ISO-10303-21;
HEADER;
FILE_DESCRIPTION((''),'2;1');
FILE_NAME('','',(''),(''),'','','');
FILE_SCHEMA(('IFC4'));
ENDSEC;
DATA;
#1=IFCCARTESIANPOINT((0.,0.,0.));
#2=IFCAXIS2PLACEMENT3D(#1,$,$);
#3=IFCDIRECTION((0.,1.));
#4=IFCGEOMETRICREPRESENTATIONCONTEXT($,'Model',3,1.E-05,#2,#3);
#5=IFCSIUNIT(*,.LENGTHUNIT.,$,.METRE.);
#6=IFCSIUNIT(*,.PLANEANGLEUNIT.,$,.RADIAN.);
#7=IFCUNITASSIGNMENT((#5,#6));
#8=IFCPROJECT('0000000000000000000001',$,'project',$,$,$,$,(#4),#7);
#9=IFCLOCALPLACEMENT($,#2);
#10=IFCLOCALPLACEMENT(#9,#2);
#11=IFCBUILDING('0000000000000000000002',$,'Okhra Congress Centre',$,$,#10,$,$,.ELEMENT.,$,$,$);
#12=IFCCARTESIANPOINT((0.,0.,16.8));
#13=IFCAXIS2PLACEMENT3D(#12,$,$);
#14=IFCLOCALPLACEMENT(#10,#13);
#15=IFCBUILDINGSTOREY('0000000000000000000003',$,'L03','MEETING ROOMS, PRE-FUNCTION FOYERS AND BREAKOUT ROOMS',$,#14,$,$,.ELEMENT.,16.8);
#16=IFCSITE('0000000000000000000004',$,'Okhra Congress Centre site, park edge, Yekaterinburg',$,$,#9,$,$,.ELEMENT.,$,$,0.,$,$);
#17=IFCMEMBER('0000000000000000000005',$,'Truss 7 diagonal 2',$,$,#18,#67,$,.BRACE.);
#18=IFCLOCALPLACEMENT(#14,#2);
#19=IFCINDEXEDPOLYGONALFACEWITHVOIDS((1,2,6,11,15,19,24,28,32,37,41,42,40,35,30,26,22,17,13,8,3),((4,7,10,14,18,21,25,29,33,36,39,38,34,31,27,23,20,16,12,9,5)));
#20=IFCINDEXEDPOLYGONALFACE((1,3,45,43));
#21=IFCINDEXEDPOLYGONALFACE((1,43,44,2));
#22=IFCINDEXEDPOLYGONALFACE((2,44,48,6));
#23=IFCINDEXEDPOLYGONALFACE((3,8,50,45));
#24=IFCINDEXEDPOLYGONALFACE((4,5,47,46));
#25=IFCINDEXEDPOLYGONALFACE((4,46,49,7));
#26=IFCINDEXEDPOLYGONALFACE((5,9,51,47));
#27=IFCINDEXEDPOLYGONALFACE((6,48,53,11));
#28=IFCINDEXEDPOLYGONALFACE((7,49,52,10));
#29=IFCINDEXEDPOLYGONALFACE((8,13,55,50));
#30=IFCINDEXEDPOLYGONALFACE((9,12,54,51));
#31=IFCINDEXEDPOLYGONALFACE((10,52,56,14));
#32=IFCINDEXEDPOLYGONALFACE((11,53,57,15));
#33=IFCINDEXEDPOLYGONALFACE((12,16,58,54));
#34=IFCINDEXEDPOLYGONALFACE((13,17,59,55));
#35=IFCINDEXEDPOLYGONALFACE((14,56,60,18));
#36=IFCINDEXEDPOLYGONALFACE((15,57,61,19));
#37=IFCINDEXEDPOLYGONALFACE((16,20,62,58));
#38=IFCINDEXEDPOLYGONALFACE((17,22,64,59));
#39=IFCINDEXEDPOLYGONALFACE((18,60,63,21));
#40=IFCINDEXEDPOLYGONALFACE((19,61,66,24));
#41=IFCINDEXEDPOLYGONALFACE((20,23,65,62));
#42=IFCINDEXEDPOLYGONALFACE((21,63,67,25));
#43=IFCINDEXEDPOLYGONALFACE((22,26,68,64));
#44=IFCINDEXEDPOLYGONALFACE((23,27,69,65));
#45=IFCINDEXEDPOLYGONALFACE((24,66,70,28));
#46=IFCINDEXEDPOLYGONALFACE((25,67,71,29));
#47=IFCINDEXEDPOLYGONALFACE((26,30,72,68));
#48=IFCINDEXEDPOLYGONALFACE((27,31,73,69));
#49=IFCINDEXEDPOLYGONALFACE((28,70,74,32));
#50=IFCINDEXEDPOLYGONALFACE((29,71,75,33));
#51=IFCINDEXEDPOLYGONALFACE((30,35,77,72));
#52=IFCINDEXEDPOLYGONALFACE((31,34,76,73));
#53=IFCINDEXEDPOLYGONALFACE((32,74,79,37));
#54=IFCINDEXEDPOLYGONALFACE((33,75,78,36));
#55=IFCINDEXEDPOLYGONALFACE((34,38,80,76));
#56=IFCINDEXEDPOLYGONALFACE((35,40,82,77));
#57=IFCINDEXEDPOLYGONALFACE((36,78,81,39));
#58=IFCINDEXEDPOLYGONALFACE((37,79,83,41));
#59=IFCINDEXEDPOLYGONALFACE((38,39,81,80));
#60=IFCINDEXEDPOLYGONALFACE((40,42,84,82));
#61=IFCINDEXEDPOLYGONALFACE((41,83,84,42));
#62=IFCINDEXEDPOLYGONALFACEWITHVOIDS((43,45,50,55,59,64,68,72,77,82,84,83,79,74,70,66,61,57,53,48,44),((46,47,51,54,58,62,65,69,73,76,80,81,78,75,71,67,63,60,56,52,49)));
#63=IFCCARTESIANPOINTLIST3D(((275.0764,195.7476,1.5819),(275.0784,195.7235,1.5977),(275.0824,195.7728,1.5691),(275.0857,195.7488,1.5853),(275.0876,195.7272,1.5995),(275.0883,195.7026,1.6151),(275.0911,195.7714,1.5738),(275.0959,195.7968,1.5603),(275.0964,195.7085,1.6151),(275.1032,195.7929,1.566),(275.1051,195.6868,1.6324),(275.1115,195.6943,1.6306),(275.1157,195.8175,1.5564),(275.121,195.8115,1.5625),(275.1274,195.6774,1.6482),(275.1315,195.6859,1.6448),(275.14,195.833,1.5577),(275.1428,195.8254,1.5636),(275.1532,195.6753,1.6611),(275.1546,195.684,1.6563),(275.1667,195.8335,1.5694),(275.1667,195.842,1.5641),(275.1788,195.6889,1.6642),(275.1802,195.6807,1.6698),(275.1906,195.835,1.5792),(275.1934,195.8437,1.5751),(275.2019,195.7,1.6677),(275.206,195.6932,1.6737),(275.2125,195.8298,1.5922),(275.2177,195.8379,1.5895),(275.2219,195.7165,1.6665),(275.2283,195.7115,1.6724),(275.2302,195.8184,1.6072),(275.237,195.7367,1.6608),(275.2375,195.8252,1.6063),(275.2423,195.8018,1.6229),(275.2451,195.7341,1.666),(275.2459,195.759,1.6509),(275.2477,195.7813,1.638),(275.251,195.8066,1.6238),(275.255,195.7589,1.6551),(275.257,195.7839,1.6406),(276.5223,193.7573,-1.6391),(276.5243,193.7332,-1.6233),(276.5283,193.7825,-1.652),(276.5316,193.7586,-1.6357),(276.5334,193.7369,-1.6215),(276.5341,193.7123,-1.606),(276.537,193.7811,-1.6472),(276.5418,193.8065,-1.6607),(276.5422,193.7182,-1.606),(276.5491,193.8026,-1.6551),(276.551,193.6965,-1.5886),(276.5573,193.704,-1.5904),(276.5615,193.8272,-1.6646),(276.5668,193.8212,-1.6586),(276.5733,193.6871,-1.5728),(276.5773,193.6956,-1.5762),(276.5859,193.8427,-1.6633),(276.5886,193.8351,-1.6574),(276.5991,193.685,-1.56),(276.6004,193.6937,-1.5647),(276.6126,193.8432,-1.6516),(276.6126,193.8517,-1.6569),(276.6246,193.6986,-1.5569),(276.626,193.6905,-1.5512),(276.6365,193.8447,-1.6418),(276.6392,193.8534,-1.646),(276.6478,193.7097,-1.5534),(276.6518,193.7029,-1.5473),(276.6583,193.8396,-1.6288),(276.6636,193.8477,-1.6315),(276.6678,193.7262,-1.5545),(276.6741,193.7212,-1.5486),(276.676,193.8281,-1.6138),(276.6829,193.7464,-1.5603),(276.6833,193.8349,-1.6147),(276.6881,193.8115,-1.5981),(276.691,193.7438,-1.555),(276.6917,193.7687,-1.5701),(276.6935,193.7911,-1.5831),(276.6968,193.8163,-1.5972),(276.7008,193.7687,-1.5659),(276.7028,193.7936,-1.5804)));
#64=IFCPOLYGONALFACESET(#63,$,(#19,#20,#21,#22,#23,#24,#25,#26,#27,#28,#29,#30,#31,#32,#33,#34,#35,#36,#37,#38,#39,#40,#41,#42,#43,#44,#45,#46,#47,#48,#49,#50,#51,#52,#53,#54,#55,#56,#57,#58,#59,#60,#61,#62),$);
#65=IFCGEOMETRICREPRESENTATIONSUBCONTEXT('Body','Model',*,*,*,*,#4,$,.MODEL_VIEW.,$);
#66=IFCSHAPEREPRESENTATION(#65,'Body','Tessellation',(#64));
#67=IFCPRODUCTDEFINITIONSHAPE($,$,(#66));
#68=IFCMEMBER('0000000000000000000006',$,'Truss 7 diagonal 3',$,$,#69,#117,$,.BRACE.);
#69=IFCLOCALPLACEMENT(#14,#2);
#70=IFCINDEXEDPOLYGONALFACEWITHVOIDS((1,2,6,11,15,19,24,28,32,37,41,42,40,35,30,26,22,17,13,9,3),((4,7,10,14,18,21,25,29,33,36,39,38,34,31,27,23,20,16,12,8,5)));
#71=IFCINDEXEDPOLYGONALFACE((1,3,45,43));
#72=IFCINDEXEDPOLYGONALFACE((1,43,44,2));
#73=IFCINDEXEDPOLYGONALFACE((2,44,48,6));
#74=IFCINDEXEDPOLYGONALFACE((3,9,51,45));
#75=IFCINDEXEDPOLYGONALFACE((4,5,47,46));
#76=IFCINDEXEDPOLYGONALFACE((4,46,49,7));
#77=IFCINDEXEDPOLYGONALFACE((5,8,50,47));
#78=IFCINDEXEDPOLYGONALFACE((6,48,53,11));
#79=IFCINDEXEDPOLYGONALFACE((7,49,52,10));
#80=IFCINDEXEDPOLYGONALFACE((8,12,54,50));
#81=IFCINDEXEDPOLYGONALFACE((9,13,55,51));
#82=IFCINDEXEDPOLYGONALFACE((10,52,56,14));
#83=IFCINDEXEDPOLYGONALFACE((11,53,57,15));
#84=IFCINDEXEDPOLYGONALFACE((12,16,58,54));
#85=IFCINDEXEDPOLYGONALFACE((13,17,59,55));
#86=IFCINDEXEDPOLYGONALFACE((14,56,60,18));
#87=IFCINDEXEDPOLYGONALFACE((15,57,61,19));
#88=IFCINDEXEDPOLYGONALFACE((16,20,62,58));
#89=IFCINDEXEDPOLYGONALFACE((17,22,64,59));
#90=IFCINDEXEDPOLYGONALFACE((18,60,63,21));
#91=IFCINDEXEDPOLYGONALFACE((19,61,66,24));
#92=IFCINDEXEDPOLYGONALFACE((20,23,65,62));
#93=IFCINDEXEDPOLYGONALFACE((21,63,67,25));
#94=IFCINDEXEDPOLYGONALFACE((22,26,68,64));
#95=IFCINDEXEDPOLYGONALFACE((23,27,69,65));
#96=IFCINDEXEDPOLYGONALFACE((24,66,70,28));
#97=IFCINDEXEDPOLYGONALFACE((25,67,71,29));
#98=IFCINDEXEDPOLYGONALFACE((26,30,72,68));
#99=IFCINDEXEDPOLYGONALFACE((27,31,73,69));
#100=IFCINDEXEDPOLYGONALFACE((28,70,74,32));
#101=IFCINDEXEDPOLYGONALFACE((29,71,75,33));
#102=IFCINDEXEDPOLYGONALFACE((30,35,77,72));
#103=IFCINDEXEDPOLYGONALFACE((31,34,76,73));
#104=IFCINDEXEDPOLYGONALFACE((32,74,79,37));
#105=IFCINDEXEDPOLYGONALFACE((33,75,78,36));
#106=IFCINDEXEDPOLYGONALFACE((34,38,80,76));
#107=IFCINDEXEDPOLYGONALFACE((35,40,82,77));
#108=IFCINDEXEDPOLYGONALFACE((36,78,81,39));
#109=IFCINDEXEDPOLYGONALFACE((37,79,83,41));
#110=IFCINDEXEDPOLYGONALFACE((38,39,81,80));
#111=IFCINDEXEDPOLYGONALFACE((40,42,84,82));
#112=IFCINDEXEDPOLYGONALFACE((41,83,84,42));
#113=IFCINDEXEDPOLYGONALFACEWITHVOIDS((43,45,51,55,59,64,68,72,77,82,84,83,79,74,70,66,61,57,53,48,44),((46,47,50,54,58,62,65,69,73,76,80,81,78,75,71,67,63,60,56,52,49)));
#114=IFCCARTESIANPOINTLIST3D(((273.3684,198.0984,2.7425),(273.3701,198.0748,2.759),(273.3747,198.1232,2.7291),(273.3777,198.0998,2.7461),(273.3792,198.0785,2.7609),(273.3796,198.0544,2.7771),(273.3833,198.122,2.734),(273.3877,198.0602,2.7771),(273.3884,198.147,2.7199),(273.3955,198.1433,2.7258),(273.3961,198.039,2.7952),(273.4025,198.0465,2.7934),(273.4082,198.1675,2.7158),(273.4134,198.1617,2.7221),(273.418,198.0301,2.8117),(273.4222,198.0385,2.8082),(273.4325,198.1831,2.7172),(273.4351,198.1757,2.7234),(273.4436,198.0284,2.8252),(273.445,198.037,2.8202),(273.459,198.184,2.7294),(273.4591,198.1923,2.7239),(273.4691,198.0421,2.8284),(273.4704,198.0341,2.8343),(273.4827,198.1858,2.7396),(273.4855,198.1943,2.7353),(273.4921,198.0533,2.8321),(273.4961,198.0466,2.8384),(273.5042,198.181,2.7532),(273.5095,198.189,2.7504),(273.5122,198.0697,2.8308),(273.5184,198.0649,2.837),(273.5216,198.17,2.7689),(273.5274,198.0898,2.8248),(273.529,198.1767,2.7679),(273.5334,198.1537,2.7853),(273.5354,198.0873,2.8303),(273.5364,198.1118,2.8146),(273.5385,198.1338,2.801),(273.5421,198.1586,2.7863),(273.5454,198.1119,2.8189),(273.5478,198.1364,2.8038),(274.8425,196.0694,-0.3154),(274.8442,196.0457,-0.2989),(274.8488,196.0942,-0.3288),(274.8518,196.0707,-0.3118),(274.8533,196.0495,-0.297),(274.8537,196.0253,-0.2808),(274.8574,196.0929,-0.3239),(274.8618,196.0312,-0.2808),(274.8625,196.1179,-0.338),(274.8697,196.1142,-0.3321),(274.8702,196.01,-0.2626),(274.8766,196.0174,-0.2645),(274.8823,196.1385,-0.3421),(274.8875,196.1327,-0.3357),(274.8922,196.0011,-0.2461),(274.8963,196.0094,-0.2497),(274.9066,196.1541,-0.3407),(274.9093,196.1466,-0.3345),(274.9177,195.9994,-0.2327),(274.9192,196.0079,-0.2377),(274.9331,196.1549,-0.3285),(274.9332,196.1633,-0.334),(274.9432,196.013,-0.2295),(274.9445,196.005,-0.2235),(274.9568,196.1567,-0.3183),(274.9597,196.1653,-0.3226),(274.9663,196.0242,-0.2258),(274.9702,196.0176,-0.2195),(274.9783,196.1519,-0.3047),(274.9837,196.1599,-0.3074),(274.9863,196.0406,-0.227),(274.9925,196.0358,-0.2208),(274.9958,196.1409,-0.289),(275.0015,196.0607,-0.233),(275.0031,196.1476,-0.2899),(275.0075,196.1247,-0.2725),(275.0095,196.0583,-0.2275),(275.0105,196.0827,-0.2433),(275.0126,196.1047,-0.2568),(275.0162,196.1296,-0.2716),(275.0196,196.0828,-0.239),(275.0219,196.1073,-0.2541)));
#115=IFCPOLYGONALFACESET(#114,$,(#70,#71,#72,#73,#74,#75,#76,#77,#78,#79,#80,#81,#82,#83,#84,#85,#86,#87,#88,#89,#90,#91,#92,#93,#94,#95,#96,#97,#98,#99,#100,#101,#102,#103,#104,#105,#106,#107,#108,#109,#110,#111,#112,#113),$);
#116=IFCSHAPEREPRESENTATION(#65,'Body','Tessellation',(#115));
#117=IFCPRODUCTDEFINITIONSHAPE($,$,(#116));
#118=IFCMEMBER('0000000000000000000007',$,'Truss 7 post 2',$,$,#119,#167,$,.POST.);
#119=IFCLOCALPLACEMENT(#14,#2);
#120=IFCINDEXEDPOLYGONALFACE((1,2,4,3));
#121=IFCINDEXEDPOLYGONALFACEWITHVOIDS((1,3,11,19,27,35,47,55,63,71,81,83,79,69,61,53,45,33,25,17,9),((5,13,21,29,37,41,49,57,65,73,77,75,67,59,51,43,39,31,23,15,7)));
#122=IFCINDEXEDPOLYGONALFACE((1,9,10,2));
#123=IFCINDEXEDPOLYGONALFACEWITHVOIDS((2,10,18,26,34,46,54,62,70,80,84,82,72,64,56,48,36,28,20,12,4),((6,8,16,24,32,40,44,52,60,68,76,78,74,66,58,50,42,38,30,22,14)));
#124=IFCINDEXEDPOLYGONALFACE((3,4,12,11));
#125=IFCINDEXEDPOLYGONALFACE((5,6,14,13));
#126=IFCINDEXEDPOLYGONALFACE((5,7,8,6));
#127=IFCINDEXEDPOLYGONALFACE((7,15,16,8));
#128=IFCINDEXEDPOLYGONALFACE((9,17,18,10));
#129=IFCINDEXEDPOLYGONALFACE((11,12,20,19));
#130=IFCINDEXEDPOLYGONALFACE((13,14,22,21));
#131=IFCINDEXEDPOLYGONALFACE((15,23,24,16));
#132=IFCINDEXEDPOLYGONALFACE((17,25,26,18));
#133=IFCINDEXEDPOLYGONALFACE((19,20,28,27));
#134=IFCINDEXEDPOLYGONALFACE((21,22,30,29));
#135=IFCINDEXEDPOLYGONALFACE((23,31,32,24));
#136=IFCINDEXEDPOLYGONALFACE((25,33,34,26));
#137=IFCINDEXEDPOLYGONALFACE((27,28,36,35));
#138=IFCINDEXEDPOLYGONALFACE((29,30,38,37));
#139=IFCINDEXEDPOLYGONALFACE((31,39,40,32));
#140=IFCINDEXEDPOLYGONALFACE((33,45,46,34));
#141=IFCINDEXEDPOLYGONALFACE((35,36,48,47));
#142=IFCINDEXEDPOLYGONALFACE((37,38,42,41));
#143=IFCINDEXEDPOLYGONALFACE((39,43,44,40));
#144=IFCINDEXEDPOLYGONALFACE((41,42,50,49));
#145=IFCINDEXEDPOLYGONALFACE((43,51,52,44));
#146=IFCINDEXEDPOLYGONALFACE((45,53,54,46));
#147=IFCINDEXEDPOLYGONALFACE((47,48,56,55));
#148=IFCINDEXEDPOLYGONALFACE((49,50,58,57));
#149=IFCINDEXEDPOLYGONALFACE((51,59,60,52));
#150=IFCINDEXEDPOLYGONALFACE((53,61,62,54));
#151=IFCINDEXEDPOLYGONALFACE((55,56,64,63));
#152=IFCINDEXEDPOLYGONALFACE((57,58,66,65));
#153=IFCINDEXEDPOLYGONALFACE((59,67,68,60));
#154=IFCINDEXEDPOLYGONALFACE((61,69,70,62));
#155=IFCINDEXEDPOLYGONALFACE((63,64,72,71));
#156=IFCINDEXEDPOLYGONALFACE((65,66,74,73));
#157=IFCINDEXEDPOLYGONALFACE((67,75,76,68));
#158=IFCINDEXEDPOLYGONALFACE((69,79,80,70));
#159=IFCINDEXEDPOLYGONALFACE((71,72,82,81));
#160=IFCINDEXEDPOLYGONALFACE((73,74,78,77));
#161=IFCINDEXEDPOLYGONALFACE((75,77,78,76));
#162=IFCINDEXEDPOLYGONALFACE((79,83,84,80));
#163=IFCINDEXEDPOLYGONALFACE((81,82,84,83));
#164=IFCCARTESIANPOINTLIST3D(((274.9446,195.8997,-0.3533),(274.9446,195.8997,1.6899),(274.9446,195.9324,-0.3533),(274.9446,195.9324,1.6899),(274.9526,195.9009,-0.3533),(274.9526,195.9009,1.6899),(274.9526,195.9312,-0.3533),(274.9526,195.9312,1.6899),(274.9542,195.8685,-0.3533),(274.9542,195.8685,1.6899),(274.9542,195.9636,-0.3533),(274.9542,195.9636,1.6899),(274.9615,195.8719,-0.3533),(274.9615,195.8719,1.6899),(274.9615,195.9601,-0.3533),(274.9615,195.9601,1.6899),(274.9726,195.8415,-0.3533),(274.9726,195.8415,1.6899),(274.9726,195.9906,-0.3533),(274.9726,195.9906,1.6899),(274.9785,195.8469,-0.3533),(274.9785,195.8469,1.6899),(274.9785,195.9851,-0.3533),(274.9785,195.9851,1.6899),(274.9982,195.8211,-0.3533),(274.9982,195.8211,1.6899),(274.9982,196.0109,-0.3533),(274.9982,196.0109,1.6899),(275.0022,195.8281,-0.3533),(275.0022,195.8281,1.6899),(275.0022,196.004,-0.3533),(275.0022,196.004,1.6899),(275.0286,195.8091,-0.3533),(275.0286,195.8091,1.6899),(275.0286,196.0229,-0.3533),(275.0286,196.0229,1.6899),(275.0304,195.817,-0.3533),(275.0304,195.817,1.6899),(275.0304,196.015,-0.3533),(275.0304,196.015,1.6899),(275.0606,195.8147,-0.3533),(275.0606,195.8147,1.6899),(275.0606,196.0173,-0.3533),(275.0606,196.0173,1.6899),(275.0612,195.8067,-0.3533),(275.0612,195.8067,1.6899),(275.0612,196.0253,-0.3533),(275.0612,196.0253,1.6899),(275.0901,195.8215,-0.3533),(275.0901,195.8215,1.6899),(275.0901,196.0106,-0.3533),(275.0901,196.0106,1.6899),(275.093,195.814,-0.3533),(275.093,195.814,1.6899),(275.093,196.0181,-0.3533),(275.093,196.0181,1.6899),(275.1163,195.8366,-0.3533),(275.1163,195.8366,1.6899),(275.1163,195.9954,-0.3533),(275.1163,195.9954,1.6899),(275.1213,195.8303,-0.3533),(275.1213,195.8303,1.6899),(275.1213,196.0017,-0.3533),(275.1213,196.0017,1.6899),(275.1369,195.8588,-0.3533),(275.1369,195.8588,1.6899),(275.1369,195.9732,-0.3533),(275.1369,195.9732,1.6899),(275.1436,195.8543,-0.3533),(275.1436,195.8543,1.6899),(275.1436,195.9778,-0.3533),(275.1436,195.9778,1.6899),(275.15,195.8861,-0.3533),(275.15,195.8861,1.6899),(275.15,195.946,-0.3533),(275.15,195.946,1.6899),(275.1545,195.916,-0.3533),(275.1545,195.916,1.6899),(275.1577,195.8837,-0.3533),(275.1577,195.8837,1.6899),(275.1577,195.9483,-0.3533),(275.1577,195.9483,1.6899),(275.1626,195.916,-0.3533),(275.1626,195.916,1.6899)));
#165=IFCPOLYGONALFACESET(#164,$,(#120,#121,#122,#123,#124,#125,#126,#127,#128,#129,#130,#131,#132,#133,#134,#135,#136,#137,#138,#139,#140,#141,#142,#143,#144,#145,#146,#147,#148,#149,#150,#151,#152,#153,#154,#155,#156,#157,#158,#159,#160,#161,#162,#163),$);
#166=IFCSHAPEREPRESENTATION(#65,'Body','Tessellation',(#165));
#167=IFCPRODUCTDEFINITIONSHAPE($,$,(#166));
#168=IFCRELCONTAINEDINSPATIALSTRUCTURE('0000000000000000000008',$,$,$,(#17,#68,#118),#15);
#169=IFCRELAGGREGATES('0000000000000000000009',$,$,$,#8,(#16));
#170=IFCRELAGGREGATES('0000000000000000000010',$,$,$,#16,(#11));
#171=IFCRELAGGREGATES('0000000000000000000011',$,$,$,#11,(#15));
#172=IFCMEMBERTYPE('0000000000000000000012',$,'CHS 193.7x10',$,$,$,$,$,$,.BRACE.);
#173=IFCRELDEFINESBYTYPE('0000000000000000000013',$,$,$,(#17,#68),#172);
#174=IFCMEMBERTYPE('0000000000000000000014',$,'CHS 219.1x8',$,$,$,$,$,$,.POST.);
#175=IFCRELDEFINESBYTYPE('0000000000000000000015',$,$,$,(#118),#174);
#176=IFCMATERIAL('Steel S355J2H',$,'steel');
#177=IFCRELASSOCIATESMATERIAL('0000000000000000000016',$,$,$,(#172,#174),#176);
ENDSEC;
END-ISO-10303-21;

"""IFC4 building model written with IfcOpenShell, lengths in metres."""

from ifc_helpers import new_model, si_unit, direction, frame, origin, origin_2d, place, context, subcontext, project, spatial, hollow_circle, extrude, material, material_profile, profile_set, type_object, element, save


model = new_model("IFC4")

# Units and contexts
model_context = context("Model", 3, precision=1e-05, world=origin(), true_north=direction((0.0, 1.0)))
body_context = subcontext(model_context, "Body", "Model", "MODEL_VIEW")
ifc_project = project(units=[si_unit("LENGTHUNIT", "METRE"), si_unit("PLANEANGLEUNIT", "RADIAN")], contexts=[model_context])

# Site, building, storey
site_placement = place(None, origin())
site = spatial("IfcSite", under=ifc_project, at=site_placement, Name="Okhra Congress Centre site, park edge, Yekaterinburg", CompositionType="ELEMENT", RefElevation=0.0)
building_placement = place(site_placement, origin())
building = spatial("IfcBuilding", under=site, at=building_placement, Name="Okhra Congress Centre", CompositionType="ELEMENT")
storey_placement = place(building_placement, frame((0.0, 0.0, 16.8)))
storey = spatial("IfcBuildingStorey", under=building, at=storey_placement, Name="L03", Description="MEETING ROOMS, PRE-FUNCTION FOYERS AND BREAKOUT ROOMS", CompositionType="ELEMENT", Elevation=16.8)

# Members
ifc_material_1 = material(Name="Steel S355J2H", Category="steel")
ifc_material_profile_1 = material_profile(ifc_material_1, hollow_circle(Radius=0.0969, WallThickness=0.01, at=origin_2d()), Name="CHS 193.7x10")
ifc_profile_set_1 = profile_set([ifc_material_profile_1], Name="Steel S355J2H")
member_type_1 = type_object("IfcMemberType", Name="CHS 193.7x10", PredefinedType="BRACE", material=ifc_profile_set_1)
member_1_placement = place(storey_placement, frame((276.6125, 193.7693, -1.606), z_axis=(-0.356734, 0.491066, 0.79473), x_axis=(-0.809054, -0.587735, 0.0)))
element("IfcMember", 1, at=member_1_placement, inside=storey, type_object=member_type_1, Name="Truss 7 diagonal 2", PredefinedType="BRACE", context=body_context, shape_type="SweptSolid", body=[
    extrude(hollow_circle(Radius=0.0969, WallThickness=0.01, at=origin_2d()), origin(), (0.0, 0.0, 1.0), 4.053),
])
member_2_placement = place(storey_placement, frame((274.9321, 196.0823, -0.2808), z_axis=(-0.37274, 0.513058, 0.773199), x_axis=(-0.809031, -0.587766, 0.0)))
element("IfcMember", 2, at=member_2_placement, inside=storey, type_object=member_type_1, Name="Truss 7 diagonal 3", PredefinedType="BRACE", context=body_context, shape_type="SweptSolid", body=[
    extrude(hollow_circle(Radius=0.0969, WallThickness=0.01, at=origin_2d()), origin(), (0.0, 0.0, 1.0), 3.9548),
])
ifc_material_profile_2 = material_profile(ifc_material_1, hollow_circle(Radius=0.1096, WallThickness=0.0081, at=origin_2d()), Name="CHS 219.1x8")
ifc_profile_set_2 = profile_set([ifc_material_profile_2], Name="Steel S355J2H")
member_type_2 = type_object("IfcMemberType", Name="CHS 219.1x8", PredefinedType="POST", material=ifc_profile_set_2)
member_3_placement = place(storey_placement, frame((275.053, 195.916, -0.3533), z_axis=(0.0, 0.0, 1.0), x_axis=(1.0, 0.0, 0.0)))
element("IfcMember", 3, at=member_3_placement, inside=storey, type_object=member_type_2, Name="Truss 7 post 2", PredefinedType="POST", context=body_context, shape_type="SweptSolid", body=[
    extrude(hollow_circle(Radius=0.1096, WallThickness=0.0081, at=origin_2d()), origin(), (0.0, 0.0, 1.0), 2.0432),
])

save(model, "model.ifc")
